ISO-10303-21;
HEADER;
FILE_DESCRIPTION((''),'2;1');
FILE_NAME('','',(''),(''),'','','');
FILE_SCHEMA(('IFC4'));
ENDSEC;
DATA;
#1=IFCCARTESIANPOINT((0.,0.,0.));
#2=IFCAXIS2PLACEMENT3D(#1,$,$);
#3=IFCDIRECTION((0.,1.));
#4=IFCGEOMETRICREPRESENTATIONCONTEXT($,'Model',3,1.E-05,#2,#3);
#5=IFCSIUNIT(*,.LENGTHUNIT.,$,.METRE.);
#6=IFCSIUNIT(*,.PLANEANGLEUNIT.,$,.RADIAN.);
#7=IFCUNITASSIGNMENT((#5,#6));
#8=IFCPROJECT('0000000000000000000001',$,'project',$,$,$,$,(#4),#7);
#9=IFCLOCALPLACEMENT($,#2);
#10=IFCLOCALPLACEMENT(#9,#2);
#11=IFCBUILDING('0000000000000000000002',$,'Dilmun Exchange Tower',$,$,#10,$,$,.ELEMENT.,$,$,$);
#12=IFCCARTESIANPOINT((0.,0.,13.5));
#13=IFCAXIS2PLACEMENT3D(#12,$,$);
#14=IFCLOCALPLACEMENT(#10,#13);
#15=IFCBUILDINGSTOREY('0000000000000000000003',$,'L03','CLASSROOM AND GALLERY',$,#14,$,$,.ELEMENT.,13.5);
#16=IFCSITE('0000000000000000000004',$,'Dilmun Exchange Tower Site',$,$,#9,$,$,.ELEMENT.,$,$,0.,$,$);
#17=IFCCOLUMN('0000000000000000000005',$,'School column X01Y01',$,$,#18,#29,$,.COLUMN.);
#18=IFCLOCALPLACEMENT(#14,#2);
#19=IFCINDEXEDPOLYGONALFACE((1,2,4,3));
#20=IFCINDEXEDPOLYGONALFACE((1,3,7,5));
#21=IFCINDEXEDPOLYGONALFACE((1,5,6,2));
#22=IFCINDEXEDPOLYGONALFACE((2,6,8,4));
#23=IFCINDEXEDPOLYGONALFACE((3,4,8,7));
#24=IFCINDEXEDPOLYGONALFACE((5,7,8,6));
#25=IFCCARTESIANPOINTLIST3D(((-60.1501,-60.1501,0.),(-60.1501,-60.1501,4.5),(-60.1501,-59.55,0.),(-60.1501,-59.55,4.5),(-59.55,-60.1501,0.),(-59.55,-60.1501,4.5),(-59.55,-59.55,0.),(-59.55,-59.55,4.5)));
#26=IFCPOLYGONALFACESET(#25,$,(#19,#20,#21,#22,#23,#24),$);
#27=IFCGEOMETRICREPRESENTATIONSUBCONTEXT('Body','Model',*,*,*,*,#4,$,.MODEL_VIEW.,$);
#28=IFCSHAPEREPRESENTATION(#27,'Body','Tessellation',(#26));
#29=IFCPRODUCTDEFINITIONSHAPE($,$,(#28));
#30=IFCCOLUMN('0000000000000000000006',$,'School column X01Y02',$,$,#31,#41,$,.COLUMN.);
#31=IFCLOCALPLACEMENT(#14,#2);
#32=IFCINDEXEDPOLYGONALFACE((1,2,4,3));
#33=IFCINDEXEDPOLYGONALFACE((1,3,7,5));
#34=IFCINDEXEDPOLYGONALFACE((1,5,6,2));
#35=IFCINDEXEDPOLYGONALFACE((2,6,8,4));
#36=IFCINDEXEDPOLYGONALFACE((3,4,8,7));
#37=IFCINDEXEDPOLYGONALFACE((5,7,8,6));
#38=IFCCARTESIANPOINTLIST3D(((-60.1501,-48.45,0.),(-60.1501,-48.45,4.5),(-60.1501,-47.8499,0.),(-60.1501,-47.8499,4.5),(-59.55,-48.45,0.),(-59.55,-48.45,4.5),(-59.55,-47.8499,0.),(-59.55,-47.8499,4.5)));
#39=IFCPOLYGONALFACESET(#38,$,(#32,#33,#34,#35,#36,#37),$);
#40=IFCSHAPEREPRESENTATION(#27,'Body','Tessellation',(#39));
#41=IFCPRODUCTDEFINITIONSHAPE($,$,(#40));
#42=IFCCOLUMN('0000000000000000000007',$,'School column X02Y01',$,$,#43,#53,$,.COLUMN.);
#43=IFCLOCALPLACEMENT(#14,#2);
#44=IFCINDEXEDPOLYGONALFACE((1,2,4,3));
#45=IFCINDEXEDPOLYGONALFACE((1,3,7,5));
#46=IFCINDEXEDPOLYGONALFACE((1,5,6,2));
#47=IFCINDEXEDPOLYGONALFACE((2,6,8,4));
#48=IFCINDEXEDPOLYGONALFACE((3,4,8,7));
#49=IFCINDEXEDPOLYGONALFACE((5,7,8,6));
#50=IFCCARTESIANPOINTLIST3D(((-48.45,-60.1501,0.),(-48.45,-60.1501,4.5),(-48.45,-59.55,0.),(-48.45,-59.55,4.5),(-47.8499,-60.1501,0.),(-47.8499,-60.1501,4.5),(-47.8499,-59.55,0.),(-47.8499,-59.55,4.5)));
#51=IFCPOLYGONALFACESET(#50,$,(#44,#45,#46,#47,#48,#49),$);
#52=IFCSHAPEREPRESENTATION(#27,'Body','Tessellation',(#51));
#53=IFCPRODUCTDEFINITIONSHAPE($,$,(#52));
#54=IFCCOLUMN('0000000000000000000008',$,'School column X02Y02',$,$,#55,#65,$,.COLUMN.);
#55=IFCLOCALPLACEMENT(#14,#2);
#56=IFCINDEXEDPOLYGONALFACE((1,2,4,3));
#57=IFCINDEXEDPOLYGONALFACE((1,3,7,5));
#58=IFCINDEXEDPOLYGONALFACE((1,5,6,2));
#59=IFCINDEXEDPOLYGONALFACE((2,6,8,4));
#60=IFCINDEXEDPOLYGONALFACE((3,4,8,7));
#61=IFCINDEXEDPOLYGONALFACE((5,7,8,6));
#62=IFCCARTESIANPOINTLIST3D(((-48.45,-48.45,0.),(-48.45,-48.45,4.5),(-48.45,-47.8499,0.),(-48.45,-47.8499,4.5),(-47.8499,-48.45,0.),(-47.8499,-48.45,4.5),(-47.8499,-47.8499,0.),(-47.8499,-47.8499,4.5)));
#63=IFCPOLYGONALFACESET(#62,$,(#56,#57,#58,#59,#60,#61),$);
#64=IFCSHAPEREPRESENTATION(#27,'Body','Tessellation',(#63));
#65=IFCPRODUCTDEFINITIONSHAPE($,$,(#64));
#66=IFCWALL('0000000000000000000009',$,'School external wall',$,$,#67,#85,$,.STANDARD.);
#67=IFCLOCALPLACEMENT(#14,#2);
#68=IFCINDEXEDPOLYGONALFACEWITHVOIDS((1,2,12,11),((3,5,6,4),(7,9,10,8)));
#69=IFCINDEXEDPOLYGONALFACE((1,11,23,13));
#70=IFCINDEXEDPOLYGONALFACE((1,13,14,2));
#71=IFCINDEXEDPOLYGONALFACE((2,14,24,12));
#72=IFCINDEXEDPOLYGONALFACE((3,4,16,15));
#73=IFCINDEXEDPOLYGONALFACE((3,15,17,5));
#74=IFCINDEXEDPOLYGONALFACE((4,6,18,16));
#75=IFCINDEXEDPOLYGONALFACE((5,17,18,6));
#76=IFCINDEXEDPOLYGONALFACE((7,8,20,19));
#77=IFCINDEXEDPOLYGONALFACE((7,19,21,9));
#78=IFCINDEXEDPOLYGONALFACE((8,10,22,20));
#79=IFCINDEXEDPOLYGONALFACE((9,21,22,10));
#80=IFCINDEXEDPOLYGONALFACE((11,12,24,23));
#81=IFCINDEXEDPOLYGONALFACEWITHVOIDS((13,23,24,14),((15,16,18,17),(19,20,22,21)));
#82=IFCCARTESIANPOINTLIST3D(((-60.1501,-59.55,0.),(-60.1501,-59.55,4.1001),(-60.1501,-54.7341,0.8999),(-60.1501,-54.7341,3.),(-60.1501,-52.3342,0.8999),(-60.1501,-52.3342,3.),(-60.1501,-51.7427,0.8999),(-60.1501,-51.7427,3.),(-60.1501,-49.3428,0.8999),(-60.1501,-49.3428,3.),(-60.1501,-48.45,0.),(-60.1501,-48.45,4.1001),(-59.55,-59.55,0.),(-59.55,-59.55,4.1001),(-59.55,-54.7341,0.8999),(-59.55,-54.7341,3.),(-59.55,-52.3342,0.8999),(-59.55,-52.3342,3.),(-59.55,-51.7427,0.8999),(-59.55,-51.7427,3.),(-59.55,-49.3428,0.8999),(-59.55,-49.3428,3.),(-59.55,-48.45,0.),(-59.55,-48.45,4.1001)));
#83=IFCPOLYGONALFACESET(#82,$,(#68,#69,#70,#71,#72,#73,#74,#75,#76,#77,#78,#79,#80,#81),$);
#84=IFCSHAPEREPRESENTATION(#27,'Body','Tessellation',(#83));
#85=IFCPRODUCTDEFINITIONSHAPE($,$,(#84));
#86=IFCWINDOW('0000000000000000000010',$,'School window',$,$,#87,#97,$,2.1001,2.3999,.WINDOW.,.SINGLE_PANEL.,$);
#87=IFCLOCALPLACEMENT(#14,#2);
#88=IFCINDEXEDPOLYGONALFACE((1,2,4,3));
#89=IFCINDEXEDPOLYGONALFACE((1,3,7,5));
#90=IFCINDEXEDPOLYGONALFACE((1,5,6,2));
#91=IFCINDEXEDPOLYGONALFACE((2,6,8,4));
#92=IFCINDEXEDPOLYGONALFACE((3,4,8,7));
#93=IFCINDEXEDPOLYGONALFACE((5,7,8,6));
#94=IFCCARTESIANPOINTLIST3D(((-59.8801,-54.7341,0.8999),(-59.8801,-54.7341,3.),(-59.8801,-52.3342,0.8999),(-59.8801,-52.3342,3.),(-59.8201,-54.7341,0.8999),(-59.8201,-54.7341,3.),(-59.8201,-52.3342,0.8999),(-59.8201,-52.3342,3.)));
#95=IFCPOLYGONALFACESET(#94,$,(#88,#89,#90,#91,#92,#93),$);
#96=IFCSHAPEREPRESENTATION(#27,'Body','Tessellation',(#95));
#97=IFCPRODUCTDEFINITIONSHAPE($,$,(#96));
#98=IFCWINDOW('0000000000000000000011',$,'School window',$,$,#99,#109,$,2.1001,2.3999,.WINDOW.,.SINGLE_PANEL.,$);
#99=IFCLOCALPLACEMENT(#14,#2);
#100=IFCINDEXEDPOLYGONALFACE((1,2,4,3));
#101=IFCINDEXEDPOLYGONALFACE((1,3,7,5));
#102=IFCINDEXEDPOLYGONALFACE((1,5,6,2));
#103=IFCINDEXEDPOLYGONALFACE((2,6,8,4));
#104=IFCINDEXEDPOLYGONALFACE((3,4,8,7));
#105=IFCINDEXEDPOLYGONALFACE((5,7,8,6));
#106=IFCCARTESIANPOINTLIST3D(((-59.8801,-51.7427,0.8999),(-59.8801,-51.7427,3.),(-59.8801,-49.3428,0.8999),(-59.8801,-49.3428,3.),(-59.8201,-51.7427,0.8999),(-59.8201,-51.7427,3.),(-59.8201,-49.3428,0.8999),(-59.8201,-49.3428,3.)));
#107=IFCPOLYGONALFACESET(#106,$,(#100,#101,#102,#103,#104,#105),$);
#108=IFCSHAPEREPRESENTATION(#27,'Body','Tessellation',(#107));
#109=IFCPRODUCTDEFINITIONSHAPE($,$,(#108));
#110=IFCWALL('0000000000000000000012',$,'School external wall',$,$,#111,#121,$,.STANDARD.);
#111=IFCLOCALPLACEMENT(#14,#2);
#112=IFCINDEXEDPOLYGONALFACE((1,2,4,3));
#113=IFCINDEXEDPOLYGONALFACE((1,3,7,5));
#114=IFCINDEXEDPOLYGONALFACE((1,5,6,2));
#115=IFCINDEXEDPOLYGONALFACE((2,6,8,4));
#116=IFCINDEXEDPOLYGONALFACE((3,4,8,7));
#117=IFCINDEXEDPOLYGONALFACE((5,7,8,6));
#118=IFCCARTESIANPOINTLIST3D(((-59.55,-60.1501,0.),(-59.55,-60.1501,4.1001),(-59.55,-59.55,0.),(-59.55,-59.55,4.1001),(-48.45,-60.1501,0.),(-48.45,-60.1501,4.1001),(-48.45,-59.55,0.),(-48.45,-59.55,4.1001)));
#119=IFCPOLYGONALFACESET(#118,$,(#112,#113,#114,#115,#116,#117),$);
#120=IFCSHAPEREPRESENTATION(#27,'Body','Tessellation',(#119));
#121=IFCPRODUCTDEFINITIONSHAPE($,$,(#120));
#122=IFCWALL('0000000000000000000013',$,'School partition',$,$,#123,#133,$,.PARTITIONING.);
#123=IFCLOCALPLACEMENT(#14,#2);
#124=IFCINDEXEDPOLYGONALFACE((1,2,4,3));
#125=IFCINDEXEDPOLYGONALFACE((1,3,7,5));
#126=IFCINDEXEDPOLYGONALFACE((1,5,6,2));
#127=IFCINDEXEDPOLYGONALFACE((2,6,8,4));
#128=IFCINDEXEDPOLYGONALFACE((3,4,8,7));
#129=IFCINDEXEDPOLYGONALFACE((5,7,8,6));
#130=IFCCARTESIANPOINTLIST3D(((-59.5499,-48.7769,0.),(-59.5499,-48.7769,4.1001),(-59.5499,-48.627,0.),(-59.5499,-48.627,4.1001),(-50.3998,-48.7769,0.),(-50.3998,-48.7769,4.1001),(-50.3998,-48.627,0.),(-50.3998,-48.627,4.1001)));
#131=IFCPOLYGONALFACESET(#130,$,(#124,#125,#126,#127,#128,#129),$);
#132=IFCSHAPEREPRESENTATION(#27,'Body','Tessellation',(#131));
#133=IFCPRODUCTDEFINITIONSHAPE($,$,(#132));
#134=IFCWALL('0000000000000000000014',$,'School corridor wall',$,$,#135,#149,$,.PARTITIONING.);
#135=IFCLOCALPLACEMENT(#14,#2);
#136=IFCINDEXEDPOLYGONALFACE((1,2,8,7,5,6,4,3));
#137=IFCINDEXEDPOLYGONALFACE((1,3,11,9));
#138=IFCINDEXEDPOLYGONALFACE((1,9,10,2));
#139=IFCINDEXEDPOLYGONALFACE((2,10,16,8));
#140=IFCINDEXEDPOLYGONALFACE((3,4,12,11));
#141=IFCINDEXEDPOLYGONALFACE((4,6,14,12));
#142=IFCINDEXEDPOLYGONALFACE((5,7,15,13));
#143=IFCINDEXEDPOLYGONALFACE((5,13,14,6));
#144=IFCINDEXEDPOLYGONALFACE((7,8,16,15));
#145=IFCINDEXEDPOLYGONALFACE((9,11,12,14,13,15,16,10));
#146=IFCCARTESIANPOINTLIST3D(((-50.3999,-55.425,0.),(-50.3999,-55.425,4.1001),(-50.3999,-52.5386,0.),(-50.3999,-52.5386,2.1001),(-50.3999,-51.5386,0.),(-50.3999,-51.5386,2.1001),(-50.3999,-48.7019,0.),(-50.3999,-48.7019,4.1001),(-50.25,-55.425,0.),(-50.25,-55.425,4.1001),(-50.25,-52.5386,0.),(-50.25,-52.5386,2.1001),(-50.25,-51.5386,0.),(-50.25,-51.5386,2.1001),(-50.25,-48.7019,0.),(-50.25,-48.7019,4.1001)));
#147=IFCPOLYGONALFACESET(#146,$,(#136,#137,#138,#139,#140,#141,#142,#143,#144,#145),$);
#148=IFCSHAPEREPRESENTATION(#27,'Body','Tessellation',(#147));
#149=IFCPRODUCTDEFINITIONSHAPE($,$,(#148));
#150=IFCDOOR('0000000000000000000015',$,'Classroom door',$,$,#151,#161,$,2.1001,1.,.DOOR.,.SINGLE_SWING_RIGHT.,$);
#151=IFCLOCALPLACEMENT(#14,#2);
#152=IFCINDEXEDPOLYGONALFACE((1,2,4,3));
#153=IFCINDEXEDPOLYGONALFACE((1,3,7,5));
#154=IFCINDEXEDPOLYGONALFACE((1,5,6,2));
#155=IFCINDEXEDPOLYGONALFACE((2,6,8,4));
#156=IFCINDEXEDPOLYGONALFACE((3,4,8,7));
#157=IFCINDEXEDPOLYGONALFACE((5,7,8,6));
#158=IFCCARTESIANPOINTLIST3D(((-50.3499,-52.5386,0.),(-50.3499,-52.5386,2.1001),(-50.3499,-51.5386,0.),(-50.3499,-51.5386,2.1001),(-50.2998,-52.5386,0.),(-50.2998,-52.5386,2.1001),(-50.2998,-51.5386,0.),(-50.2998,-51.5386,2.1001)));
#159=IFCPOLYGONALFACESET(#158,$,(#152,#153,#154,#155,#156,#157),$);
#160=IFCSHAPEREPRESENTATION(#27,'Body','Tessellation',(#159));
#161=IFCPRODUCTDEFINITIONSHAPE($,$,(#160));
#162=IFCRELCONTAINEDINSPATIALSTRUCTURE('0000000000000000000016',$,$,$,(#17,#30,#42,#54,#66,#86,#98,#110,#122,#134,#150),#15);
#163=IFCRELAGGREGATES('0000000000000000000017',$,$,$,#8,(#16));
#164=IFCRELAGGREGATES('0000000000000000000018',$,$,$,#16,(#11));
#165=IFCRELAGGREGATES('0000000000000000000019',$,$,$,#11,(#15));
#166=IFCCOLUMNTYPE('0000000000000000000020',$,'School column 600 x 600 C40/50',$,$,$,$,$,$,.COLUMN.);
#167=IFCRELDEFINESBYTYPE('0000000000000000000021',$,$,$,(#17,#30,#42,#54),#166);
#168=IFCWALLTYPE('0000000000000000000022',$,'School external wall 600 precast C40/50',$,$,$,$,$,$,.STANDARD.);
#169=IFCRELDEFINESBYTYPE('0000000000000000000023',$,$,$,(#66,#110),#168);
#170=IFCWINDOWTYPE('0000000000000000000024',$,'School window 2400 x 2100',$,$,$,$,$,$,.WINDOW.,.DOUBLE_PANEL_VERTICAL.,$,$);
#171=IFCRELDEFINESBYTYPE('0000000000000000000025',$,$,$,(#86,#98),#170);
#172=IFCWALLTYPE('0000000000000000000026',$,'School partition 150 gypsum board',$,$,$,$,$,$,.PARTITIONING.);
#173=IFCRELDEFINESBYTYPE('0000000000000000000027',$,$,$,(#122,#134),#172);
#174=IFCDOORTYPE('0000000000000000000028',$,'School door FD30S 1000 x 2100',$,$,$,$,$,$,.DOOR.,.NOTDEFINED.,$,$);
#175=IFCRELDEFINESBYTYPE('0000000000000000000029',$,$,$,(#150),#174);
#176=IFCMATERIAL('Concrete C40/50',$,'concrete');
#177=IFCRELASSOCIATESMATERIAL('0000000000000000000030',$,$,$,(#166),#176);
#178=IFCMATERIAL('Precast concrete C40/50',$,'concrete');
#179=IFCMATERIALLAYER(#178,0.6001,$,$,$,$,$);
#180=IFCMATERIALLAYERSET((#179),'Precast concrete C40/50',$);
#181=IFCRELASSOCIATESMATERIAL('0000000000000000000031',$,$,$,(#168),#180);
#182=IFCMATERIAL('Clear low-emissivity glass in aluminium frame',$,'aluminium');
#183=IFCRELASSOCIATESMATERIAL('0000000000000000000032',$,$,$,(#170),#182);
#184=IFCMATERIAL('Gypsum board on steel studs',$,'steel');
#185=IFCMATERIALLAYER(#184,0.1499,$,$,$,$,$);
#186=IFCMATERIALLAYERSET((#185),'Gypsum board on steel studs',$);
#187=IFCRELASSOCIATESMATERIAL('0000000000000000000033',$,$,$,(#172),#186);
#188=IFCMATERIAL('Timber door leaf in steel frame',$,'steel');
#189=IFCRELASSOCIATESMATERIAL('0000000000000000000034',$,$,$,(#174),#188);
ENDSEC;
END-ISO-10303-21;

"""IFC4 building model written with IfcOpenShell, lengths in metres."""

from ifc_helpers import new_model, si_unit, direction, frame, frame_2d, origin, origin_2d, place, context, subcontext, project, spatial, rectangle, extrude, material, layer, layer_set, material_profile, profile_set, type_object, element, fill, save


model = new_model("IFC4")

# Units and contexts
model_context = context("Model", 3, precision=1e-05, world=origin(), true_north=direction((0.0, 1.0)))
body_context = subcontext(model_context, "Body", "Model", "MODEL_VIEW")
ifc_project = project(units=[si_unit("LENGTHUNIT", "METRE"), si_unit("PLANEANGLEUNIT", "RADIAN")], contexts=[model_context])

# Site, building, storey
site_placement = place(None, origin())
site = spatial("IfcSite", under=ifc_project, at=site_placement, Name="Dilmun Exchange Tower Site", CompositionType="ELEMENT", RefElevation=0.0)
building_placement = place(site_placement, origin())
building = spatial("IfcBuilding", under=site, at=building_placement, Name="Dilmun Exchange Tower", CompositionType="ELEMENT")
storey_placement = place(building_placement, frame((0.0, 0.0, 13.5)))
storey = spatial("IfcBuildingStorey", under=building, at=storey_placement, Name="L03", Description="CLASSROOM AND GALLERY", CompositionType="ELEMENT", Elevation=13.5)

# Columns
ifc_material_1 = material(Name="Concrete C40/50", Category="concrete")
ifc_material_profile = material_profile(ifc_material_1, rectangle(XDim=0.6001, YDim=0.6001, at=origin_2d()), Name="600 x 600")
ifc_profile_set = profile_set([ifc_material_profile], Name="Concrete C40/50")
column_type = type_object("IfcColumnType", Name="School column 600 x 600 C40/50", PredefinedType="COLUMN", material=ifc_profile_set)
for number, where, z_axis, x_axis, name in (
    (1, (-59.8501, -59.8501, 0.0), (0.0, 0.0, 1.0), (1.0, 0.0, 0.0), "School column X01Y01"),
    (2, (-59.8501, -48.1499, 0.0), (0.0, 0.0, 1.0), (1.0, 0.0, 0.0), "School column X01Y02"),
    (3, (-48.1499, -59.8501, 0.0), (0.0, 0.0, 1.0), (1.0, 0.0, 0.0), "School column X02Y01"),
    (4, (-48.1499, -48.1499, 0.0), (0.0, 0.0, 1.0), (1.0, 0.0, 0.0), "School column X02Y02"),
):
    element("IfcColumn", number, at=place(storey_placement, frame(where, z_axis=z_axis, x_axis=x_axis)), inside=storey, type_object=column_type, Name=name, PredefinedType="COLUMN", context=body_context, shape_type="SweptSolid", body=[
        extrude(rectangle(XDim=0.6001, YDim=0.6001, at=origin_2d()), origin(), (0.0, 0.0, 1.0), 4.5),
    ])

# Wall, openings, windows
ifc_material_2 = material(Name="Precast concrete C40/50", Category="concrete")
ifc_layer_1 = layer(ifc_material_2, 0.6001)
ifc_layer_set_1 = layer_set([ifc_layer_1], Name="Precast concrete C40/50")
wall_type_1 = type_object("IfcWallType", Name="School external wall 600 precast C40/50", PredefinedType="STANDARD", material=ifc_layer_set_1)
wall_1_placement = place(storey_placement, frame((-59.8501, -59.55, 0.0), z_axis=(0.0, 0.0, 1.0), x_axis=(0.0, 1.0, 0.0)))
wall_1 = element("IfcWall", 5, at=wall_1_placement, inside=storey, type_object=wall_type_1, Name="School external wall", PredefinedType="STANDARD", context=body_context, shape_type="SweptSolid", body=[
    extrude(rectangle(XDim=11.1001, YDim=0.6001, at=frame_2d((5.55, 0.0))), origin(), (0.0, 0.0, 1.0), 4.1001),
])
opening_1_placement = place(wall_1_placement, frame((4.8159, 0.0, 0.8999)))
opening_1 = element("IfcOpeningElement", 6, at=opening_1_placement, cuts=wall_1, PredefinedType="OPENING", context=body_context, shape_type="SweptSolid", body=[
    extrude(rectangle(XDim=2.3999, YDim=2.1001, at=frame_2d((1.2, 1.05))), frame((0.0, 0.3101, 0.0), z_axis=(0.0, -1.0, 0.0), x_axis=(1.0, 0.0, 0.0)), (0.0, 0.0, 1.0), 0.6201),
])
opening_2_placement = place(wall_1_placement, frame((7.8074, 0.0, 0.8999)))
opening_2 = element("IfcOpeningElement", 7, at=opening_2_placement, cuts=wall_1, PredefinedType="OPENING", context=body_context, shape_type="SweptSolid", body=[
    extrude(rectangle(XDim=2.3999, YDim=2.1001, at=frame_2d((1.2, 1.05))), frame((0.0, 0.3101, 0.0), z_axis=(0.0, -1.0, 0.0), x_axis=(1.0, 0.0, 0.0)), (0.0, 0.0, 1.0), 0.6201),
])
ifc_material_3 = material(Name="Clear low-emissivity glass in aluminium frame", Category="aluminium")
window_type = type_object("IfcWindowType", Name="School window 2400 x 2100", PartitioningType="DOUBLE_PANEL_VERTICAL", PredefinedType="WINDOW", material=ifc_material_3)
window_1_placement = place(opening_1_placement, origin())
window_1 = element("IfcWindow", 8, at=window_1_placement, inside=storey, type_object=window_type, Name="School window", OverallHeight=2.1001, OverallWidth=2.3999, PartitioningType="SINGLE_PANEL", PredefinedType="WINDOW", context=body_context, shape_type="SweptSolid", body=[
    extrude(rectangle(XDim=2.3999, YDim=2.1001, at=frame_2d((1.2, 1.05))), frame((0.0, 0.03, 0.0), z_axis=(0.0, -1.0, 0.0), x_axis=(1.0, 0.0, 0.0)), (0.0, 0.0, 1.0), 0.0601),
])
fill(opening_1, window_1)
window_2_placement = place(opening_2_placement, origin())
window_2 = element("IfcWindow", 9, at=window_2_placement, inside=storey, type_object=window_type, Name="School window", OverallHeight=2.1001, OverallWidth=2.3999, PartitioningType="SINGLE_PANEL", PredefinedType="WINDOW", context=body_context, shape_type="SweptSolid", body=[
    extrude(rectangle(XDim=2.3999, YDim=2.1001, at=frame_2d((1.2, 1.05))), frame((0.0, 0.03, 0.0), z_axis=(0.0, -1.0, 0.0), x_axis=(1.0, 0.0, 0.0)), (0.0, 0.0, 1.0), 0.0601),
])
fill(opening_2, window_2)

# Walls
wall_2_placement = place(storey_placement, frame((-48.45, -59.8501, 0.0), z_axis=(0.0, 0.0, 1.0), x_axis=(-1.0, 0.0, 0.0)))
element("IfcWall", 10, at=wall_2_placement, inside=storey, type_object=wall_type_1, Name="School external wall", PredefinedType="STANDARD", context=body_context, shape_type="SweptSolid", body=[
    extrude(rectangle(XDim=11.1001, YDim=0.6001, at=frame_2d((5.55, 0.0))), origin(), (0.0, 0.0, 1.0), 4.1001),
])
ifc_material_4 = material(Name="Gypsum board on steel studs", Category="steel")
ifc_layer_2 = layer(ifc_material_4, 0.1499)
ifc_layer_set_2 = layer_set([ifc_layer_2], Name="Gypsum board on steel studs")
wall_type_2 = type_object("IfcWallType", Name="School partition 150 gypsum board", PredefinedType="PARTITIONING", material=ifc_layer_set_2)
wall_3_placement = place(storey_placement, frame((-59.55, -48.7019, 0.0), z_axis=(0.0, 0.0, 1.0), x_axis=(1.0, 0.0, 0.0)))
element("IfcWall", 11, at=wall_3_placement, inside=storey, type_object=wall_type_2, Name="School partition", PredefinedType="PARTITIONING", context=body_context, shape_type="SweptSolid", body=[
    extrude(rectangle(XDim=9.1501, YDim=0.1499, at=frame_2d((4.5752, 0.0))), origin(), (0.0, 0.0, 1.0), 4.1001),
])

# Wall, opening, door
wall_4_placement = place(storey_placement, frame((-50.325, -55.425, 0.0), z_axis=(0.0, 0.0, 1.0), x_axis=(0.0, 1.0, 0.0)))
wall_4 = element("IfcWall", 12, at=wall_4_placement, inside=storey, type_object=wall_type_2, Name="School corridor wall", PredefinedType="PARTITIONING", context=body_context, shape_type="SweptSolid", body=[
    extrude(rectangle(XDim=6.7231, YDim=0.1499, at=frame_2d((3.3616, 0.0))), origin(), (0.0, 0.0, 1.0), 4.1001),
])
opening_3_placement = place(wall_4_placement, frame((2.8865, 0.0, 0.0)))
opening_3 = element("IfcOpeningElement", 13, at=opening_3_placement, cuts=wall_4, PredefinedType="OPENING", context=body_context, shape_type="SweptSolid", body=[
    extrude(rectangle(XDim=1.0, YDim=2.1001, at=frame_2d((0.5, 1.05))), frame((0.0, 0.085, 0.0), z_axis=(0.0, -1.0, 0.0), x_axis=(1.0, 0.0, 0.0)), (0.0, 0.0, 1.0), 0.1699),
])
ifc_material_5 = material(Name="Timber door leaf in steel frame", Category="steel")
door_type_1 = type_object("IfcDoorType", Name="School door FD30S 1000 x 2100", OperationType="NOTDEFINED", PredefinedType="DOOR", material=ifc_material_5)
door_1_placement = place(opening_3_placement, origin())
door_1 = element("IfcDoor", 14, at=door_1_placement, inside=storey, type_object=door_type_1, Name="Classroom door", OperationType="SINGLE_SWING_RIGHT", OverallHeight=2.1001, OverallWidth=1.0, PredefinedType="DOOR", context=body_context, shape_type="SweptSolid", body=[
    extrude(rectangle(XDim=1.0, YDim=2.1001, at=frame_2d((0.5, 1.05))), frame((0.0, 0.0249, 0.0), z_axis=(0.0, -1.0, 0.0), x_axis=(1.0, 0.0, 0.0)), (0.0, 0.0, 1.0), 0.05),
])
fill(opening_3, door_1)

save(model, "model.ifc")
